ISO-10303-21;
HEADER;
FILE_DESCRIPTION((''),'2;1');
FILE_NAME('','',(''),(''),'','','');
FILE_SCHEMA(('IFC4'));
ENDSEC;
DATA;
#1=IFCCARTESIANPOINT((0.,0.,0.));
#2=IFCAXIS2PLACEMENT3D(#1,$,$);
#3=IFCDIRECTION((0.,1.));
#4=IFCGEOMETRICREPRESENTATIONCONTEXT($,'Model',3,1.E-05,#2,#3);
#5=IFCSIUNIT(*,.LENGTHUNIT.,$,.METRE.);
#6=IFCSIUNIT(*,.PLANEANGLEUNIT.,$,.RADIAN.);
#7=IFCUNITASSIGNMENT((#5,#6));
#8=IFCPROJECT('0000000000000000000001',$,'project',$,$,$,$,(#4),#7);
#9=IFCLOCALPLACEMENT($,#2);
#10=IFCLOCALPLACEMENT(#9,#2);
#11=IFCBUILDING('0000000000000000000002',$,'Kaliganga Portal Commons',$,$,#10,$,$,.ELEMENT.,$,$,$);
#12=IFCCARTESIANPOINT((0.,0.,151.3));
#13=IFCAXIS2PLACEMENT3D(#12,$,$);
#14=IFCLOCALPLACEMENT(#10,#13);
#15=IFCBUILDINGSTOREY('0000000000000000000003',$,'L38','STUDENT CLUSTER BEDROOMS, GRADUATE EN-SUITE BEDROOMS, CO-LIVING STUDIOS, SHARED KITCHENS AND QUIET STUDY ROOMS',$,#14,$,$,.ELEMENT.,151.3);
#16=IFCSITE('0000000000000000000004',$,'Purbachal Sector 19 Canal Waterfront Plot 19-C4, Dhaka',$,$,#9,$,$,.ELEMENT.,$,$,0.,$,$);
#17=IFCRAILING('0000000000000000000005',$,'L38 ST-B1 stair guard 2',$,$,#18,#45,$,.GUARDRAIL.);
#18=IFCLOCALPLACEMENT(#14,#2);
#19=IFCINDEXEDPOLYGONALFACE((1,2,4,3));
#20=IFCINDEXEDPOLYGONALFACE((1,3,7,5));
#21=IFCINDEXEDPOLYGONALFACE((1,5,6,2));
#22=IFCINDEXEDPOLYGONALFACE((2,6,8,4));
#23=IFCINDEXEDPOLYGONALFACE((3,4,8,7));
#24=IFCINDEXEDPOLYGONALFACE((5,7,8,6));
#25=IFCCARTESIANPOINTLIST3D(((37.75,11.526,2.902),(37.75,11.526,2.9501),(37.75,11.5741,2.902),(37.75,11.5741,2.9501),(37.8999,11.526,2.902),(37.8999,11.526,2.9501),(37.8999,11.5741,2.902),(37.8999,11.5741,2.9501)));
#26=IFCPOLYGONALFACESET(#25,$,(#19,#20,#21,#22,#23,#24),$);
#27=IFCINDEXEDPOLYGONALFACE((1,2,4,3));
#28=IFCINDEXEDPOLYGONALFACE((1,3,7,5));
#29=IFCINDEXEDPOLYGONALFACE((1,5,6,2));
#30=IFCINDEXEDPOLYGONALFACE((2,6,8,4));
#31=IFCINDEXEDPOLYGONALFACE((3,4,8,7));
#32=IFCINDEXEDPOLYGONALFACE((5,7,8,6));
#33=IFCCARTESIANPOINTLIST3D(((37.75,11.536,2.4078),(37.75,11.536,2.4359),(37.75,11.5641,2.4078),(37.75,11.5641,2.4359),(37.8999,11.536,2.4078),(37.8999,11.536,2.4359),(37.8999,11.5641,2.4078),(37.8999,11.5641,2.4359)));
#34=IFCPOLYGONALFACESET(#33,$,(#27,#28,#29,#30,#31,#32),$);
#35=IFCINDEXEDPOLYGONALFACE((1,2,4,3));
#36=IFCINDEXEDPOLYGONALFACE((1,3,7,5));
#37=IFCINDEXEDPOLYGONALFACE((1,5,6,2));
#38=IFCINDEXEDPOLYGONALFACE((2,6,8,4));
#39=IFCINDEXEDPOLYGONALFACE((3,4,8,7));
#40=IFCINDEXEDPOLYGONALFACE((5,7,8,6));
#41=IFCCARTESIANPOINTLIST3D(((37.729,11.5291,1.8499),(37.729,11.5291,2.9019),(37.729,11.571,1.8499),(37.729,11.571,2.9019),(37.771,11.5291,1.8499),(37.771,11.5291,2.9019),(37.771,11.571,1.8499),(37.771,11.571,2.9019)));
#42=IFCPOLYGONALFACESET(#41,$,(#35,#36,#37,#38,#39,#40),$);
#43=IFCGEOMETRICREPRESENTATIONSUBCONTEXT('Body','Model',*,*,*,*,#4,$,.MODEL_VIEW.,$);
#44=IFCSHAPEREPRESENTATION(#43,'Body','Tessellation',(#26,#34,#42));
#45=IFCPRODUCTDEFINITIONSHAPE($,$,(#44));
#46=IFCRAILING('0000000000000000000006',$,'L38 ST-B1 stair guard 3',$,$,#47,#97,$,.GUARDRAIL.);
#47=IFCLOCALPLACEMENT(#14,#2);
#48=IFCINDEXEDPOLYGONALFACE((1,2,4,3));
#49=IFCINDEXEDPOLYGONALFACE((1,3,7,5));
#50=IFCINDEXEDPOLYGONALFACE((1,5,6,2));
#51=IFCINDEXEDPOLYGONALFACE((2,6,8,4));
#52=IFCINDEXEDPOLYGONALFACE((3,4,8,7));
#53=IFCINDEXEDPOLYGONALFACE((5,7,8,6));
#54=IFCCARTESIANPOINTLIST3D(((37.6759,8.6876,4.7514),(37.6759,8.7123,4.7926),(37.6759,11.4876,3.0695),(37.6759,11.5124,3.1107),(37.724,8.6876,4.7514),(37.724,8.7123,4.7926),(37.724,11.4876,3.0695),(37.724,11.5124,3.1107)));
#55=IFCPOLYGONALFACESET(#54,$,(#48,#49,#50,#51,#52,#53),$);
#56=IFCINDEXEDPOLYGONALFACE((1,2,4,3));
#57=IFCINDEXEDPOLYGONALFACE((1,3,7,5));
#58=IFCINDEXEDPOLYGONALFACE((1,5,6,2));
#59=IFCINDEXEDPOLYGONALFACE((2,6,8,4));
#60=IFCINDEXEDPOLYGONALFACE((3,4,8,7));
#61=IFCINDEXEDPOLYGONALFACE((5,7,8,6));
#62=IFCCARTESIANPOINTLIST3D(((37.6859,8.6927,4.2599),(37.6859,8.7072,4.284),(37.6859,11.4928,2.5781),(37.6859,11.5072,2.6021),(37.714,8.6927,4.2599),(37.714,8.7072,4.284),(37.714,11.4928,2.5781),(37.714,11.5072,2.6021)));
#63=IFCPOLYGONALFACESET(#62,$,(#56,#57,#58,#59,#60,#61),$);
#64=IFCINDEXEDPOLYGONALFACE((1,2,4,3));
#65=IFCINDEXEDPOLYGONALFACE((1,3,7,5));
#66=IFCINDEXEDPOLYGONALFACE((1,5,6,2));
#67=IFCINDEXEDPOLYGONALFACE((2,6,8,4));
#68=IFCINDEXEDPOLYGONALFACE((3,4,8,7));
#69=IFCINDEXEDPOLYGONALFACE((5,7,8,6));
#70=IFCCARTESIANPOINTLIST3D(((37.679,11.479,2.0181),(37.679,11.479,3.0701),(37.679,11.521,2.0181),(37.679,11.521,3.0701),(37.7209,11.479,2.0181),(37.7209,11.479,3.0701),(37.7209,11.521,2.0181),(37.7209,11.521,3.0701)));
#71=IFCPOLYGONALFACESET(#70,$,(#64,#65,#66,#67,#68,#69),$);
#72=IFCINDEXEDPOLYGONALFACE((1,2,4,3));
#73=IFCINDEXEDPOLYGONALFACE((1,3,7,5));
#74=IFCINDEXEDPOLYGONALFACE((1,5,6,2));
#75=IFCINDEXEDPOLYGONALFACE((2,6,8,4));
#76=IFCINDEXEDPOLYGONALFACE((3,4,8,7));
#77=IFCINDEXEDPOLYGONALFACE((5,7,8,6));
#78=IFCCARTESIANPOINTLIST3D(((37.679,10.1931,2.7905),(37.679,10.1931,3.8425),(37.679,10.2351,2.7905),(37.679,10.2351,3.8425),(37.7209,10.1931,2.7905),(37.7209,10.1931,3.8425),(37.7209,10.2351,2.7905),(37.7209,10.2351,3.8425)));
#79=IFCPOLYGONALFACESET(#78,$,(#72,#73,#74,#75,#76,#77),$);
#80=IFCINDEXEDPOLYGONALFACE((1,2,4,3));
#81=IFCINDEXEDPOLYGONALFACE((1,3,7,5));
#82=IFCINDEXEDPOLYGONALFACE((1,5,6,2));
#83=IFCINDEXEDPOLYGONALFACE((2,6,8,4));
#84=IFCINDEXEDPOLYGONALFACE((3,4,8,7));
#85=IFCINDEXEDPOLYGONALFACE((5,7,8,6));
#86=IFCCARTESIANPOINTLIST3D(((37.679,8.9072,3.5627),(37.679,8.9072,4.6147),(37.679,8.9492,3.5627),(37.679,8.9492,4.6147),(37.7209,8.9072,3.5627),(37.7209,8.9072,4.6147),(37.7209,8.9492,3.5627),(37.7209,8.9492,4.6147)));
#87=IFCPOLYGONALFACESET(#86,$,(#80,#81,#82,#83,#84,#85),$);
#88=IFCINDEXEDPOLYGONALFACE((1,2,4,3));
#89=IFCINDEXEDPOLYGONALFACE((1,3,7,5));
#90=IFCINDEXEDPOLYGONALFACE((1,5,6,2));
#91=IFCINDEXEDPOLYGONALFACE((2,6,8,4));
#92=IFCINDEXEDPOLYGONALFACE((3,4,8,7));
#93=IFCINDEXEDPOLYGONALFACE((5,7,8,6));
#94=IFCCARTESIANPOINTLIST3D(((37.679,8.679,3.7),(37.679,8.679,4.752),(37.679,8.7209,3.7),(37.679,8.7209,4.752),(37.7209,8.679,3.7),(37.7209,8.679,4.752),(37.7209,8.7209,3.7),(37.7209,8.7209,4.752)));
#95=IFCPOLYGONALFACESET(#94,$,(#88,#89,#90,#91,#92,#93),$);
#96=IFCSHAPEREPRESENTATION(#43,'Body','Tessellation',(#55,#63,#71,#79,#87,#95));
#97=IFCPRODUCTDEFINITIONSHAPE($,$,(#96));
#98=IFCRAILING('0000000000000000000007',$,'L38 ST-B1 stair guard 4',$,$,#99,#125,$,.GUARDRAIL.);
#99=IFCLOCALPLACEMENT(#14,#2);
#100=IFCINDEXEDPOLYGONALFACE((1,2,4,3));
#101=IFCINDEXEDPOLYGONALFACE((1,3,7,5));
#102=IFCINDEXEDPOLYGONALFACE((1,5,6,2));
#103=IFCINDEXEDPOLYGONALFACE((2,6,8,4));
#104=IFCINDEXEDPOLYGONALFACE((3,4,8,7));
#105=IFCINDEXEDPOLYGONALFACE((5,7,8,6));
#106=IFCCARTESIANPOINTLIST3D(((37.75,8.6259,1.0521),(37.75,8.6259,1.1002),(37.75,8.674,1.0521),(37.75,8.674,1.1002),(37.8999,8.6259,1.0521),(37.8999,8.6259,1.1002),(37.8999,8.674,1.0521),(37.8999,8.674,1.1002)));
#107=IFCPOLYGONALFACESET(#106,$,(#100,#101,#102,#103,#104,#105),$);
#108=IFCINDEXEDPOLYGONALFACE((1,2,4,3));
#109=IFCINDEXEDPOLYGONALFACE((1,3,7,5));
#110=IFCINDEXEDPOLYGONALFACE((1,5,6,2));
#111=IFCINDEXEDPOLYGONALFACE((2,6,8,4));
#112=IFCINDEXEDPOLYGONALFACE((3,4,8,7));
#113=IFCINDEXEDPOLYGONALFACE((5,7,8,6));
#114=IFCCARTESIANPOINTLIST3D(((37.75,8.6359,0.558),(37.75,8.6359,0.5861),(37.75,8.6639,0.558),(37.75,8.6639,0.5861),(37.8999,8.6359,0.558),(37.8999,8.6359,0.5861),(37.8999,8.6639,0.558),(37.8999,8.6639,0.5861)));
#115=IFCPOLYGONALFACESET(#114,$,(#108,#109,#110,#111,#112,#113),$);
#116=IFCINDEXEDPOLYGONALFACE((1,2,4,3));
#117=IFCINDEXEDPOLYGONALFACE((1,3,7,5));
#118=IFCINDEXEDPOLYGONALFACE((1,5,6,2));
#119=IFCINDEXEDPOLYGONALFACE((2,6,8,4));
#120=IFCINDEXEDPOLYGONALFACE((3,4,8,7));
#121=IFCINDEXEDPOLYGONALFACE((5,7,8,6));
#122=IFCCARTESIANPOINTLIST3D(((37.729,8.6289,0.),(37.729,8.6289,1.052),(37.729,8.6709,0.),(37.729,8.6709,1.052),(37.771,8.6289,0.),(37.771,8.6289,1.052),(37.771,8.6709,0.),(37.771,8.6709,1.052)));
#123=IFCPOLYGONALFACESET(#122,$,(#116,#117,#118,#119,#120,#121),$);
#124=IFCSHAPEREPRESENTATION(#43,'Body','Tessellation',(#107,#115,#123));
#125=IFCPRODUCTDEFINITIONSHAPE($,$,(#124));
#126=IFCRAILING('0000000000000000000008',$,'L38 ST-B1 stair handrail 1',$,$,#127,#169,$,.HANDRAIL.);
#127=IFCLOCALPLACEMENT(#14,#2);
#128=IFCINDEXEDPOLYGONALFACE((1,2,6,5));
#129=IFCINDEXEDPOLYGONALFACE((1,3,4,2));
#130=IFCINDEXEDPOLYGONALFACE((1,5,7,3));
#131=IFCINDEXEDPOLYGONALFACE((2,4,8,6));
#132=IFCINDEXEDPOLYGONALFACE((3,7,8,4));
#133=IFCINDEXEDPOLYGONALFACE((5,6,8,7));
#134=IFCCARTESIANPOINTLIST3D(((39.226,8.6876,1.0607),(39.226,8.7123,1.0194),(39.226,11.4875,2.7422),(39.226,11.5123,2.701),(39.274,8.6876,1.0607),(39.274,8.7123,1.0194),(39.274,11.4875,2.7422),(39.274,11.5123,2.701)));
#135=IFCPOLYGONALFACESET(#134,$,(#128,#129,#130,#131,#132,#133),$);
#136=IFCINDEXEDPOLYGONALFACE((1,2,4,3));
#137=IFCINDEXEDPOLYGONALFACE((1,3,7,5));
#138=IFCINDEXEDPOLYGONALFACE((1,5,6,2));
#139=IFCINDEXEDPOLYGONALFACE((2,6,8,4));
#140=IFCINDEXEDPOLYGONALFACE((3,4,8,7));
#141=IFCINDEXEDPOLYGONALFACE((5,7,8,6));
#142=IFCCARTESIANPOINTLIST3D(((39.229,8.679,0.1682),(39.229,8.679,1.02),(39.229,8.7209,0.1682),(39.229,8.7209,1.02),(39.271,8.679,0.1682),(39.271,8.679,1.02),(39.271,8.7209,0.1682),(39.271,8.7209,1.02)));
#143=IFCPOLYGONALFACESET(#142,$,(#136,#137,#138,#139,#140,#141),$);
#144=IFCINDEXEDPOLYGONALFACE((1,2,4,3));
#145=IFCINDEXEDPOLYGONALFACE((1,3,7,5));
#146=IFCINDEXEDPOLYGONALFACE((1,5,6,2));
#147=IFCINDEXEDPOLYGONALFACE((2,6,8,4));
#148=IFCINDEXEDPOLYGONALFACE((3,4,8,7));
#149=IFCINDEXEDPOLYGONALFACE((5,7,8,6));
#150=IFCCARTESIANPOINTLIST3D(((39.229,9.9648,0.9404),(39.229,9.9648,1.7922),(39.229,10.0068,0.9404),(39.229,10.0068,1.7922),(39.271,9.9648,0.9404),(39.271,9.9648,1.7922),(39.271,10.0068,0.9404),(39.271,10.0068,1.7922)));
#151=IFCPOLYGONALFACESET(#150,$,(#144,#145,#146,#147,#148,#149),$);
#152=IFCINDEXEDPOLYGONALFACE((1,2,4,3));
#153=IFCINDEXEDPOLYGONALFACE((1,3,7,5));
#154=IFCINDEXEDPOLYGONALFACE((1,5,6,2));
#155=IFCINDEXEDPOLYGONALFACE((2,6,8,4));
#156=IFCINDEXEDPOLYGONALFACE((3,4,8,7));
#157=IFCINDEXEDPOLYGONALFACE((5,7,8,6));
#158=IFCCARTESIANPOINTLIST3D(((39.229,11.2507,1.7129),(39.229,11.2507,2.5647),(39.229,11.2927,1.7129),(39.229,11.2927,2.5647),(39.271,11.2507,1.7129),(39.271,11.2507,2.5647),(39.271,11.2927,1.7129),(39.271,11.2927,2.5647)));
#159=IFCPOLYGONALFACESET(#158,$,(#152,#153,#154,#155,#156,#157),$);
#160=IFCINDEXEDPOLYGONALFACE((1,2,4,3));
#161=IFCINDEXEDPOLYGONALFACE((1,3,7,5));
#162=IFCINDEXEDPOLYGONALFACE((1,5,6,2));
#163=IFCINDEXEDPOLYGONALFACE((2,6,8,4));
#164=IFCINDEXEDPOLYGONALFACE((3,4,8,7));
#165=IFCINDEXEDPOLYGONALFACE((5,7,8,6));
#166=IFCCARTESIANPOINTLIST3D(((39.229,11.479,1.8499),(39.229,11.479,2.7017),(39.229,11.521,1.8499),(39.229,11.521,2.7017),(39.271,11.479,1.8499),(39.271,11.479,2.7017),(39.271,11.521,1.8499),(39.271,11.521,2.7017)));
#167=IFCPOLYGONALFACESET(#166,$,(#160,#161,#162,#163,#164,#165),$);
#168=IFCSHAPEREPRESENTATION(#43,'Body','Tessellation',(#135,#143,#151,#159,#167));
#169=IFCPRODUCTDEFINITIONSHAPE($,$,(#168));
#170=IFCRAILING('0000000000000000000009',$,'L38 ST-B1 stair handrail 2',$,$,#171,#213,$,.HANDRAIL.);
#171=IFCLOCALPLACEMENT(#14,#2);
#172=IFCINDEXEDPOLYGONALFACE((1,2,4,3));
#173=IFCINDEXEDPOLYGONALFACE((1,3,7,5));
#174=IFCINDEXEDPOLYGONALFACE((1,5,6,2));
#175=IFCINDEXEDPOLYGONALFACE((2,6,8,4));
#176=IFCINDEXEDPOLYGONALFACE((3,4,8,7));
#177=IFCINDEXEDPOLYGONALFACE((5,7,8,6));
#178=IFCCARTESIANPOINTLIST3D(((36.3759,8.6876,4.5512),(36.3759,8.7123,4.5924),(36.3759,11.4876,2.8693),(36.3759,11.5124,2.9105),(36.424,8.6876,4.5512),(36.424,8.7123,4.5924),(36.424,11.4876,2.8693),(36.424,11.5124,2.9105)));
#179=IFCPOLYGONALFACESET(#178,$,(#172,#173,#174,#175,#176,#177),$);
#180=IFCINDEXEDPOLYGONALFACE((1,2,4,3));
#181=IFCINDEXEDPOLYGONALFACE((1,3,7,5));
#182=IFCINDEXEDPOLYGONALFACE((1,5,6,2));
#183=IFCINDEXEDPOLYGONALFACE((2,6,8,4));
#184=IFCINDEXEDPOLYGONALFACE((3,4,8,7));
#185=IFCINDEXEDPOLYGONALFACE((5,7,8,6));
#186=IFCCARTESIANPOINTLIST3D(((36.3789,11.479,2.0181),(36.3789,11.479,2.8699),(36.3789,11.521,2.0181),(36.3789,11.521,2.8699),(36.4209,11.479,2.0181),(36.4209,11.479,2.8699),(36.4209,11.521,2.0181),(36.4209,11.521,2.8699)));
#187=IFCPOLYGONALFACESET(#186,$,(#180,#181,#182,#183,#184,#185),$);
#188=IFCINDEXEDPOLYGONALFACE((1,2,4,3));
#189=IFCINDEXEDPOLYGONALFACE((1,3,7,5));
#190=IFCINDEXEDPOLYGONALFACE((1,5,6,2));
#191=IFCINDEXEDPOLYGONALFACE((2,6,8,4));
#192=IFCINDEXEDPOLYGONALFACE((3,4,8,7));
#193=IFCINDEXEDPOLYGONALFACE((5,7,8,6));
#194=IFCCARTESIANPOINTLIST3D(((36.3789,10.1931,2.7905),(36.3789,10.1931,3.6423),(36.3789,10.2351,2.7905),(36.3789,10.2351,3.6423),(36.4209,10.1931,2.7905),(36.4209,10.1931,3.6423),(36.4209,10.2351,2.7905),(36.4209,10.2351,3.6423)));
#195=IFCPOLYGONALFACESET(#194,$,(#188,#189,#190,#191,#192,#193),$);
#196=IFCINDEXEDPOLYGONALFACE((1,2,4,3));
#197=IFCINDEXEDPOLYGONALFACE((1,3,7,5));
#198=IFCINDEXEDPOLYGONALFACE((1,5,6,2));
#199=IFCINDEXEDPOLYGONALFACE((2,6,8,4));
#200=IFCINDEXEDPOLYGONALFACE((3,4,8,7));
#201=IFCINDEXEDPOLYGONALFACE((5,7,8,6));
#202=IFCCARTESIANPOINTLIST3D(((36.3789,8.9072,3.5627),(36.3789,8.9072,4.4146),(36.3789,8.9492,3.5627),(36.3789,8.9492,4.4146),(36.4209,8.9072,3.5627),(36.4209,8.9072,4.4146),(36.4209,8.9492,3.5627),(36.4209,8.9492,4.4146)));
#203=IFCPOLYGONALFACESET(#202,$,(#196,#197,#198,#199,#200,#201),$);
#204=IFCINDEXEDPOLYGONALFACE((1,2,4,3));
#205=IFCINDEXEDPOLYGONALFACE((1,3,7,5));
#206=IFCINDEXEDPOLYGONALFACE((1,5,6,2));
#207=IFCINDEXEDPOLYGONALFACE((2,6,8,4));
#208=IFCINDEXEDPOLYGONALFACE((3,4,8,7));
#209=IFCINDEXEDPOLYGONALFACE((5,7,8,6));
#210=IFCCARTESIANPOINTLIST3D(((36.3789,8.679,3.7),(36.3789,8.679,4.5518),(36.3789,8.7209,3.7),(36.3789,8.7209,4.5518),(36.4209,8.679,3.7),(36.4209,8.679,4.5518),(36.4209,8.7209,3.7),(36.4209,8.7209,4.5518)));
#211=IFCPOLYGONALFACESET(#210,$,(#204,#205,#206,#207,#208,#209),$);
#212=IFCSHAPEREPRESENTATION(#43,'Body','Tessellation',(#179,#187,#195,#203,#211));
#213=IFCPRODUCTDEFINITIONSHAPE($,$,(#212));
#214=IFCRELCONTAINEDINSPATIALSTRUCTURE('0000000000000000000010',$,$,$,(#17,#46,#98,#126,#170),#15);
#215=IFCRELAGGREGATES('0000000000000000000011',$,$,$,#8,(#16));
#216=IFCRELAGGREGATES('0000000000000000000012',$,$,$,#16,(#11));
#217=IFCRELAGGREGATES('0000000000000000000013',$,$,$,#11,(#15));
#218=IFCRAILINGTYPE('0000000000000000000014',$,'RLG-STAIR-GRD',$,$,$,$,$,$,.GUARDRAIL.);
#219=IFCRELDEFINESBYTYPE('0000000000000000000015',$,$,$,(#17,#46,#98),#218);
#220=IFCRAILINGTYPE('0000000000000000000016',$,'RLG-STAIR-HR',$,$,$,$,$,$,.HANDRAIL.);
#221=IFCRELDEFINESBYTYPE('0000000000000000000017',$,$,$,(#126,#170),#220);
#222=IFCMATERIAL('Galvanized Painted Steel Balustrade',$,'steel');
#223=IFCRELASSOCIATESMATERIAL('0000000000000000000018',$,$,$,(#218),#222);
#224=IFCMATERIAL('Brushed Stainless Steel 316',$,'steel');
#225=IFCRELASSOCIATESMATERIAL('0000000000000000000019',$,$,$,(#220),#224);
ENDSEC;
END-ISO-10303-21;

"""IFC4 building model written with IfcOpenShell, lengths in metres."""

from ifc_helpers import new_model, si_unit, direction, frame, origin, origin_2d, place, context, subcontext, project, spatial, rectangle, extrude, material, type_object, element, save


model = new_model("IFC4")

# Units and contexts
model_context = context("Model", 3, precision=1e-05, world=origin(), true_north=direction((0.0, 1.0)))
body_context = subcontext(model_context, "Body", "Model", "MODEL_VIEW")
ifc_project = project(units=[si_unit("LENGTHUNIT", "METRE"), si_unit("PLANEANGLEUNIT", "RADIAN")], contexts=[model_context])

# Site, building, storey
site_placement = place(None, origin())
site = spatial("IfcSite", under=ifc_project, at=site_placement, Name="Purbachal Sector 19 Canal Waterfront Plot 19-C4, Dhaka", CompositionType="ELEMENT", RefElevation=0.0)
building_placement = place(site_placement, origin())
building = spatial("IfcBuilding", under=site, at=building_placement, Name="Kaliganga Portal Commons", CompositionType="ELEMENT")
storey_placement = place(building_placement, frame((0.0, 0.0, 151.3)))
storey = spatial("IfcBuildingStorey", under=building, at=storey_placement, Name="L38", Description="STUDENT CLUSTER BEDROOMS, GRADUATE EN-SUITE BEDROOMS, CO-LIVING STUDIOS, SHARED KITCHENS AND QUIET STUDY ROOMS", CompositionType="ELEMENT", Elevation=151.3)

# Railings
ifc_material_1 = material(Name="Galvanized Painted Steel Balustrade", Category="steel")
railing_type_1 = type_object("IfcRailingType", Name="RLG-STAIR-GRD", PredefinedType="GUARDRAIL", material=ifc_material_1)
railing_1_placement = place(storey_placement, frame((37.8999, 11.55, 1.8499)))
element("IfcRailing", 1, at=railing_1_placement, inside=storey, type_object=railing_type_1, Name="L38 ST-B1 stair guard 2", PredefinedType="GUARDRAIL", context=body_context, shape_type="SweptSolid", body=[
    extrude(rectangle(XDim=0.0481, YDim=0.0481, at=origin_2d()), frame((0.0, 0.0, 1.0762), z_axis=(-1.0, 0.0, 0.0), x_axis=(0.0, -1.0, 0.0)), (0.0, 0.0, 1.0), 0.1499),
    extrude(rectangle(XDim=0.0281, YDim=0.0281, at=origin_2d()), frame((0.0, 0.0, 0.572), z_axis=(-1.0, 0.0, 0.0), x_axis=(0.0, -1.0, 0.0)), (0.0, 0.0, 1.0), 0.1499),
    extrude(rectangle(XDim=0.042, YDim=0.042, at=origin_2d()), frame((-0.1499, 0.0, 0.0)), (0.0, 0.0, 1.0), 1.052),
])
railing_2_placement = place(storey_placement, frame((37.7, 11.5, 2.0181)))
element("IfcRailing", 2, at=railing_2_placement, inside=storey, type_object=railing_type_1, Name="L38 ST-B1 stair guard 3", PredefinedType="GUARDRAIL", context=body_context, shape_type="SweptSolid", body=[
    extrude(rectangle(XDim=0.0481, YDim=0.0481, at=origin_2d()), frame((0.0, 0.0, 1.072), z_axis=(0.0, -0.857242, 0.514913), x_axis=(1.0, 0.0, 0.0)), (0.0, 0.0, 1.0), 3.2664),
    extrude(rectangle(XDim=0.0281, YDim=0.0281, at=origin_2d()), frame((0.0, 0.0, 0.572), z_axis=(0.0, -0.857242, 0.514913), x_axis=(1.0, 0.0, 0.0)), (0.0, 0.0, 1.0), 3.2664),
    extrude(rectangle(XDim=0.042, YDim=0.042, at=origin_2d()), origin(), (0.0, 0.0, 1.0), 1.052),
    extrude(rectangle(XDim=0.042, YDim=0.042, at=origin_2d()), frame((0.0, -1.2859, 0.7725)), (0.0, 0.0, 1.0), 1.052),
    extrude(rectangle(XDim=0.042, YDim=0.042, at=origin_2d()), frame((0.0, -2.5718, 1.5447)), (0.0, 0.0, 1.0), 1.052),
    extrude(rectangle(XDim=0.042, YDim=0.042, at=origin_2d()), frame((0.0, -2.8, 1.6819)), (0.0, 0.0, 1.0), 1.052),
])
railing_3_placement = place(storey_placement, frame((37.8999, 8.6499, 0.0)))
element("IfcRailing", 3, at=railing_3_placement, inside=storey, type_object=railing_type_1, Name="L38 ST-B1 stair guard 4", PredefinedType="GUARDRAIL", context=body_context, shape_type="SweptSolid", body=[
    extrude(rectangle(XDim=0.0481, YDim=0.0481, at=origin_2d()), frame((0.0, 0.0, 1.0762), z_axis=(-1.0, 0.0, 0.0), x_axis=(0.0, -1.0, 0.0)), (0.0, 0.0, 1.0), 0.1499),
    extrude(rectangle(XDim=0.0281, YDim=0.0281, at=origin_2d()), frame((0.0, 0.0, 0.572), z_axis=(-1.0, 0.0, 0.0), x_axis=(0.0, -1.0, 0.0)), (0.0, 0.0, 1.0), 0.1499),
    extrude(rectangle(XDim=0.042, YDim=0.042, at=origin_2d()), frame((-0.1499, 0.0, 0.0)), (0.0, 0.0, 1.0), 1.052),
])
ifc_material_2 = material(Name="Brushed Stainless Steel 316", Category="steel")
railing_type_2 = type_object("IfcRailingType", Name="RLG-STAIR-HR", PredefinedType="HANDRAIL", material=ifc_material_2)
railing_4_placement = place(storey_placement, frame((39.25, 8.7, 0.1682)))
element("IfcRailing", 4, at=railing_4_placement, inside=storey, type_object=railing_type_2, Name="L38 ST-B1 stair handrail 1", PredefinedType="HANDRAIL", context=body_context, shape_type="SweptSolid", body=[
    extrude(rectangle(XDim=0.0481, YDim=0.0481, at=origin_2d()), frame((0.0, 0.0, 0.8718), z_axis=(0.0, 0.857275, 0.514858), x_axis=(-1.0, 0.0, 0.0)), (0.0, 0.0, 1.0), 3.2661),
    extrude(rectangle(XDim=0.042, YDim=0.042, at=origin_2d()), origin(), (0.0, 0.0, 1.0), 0.8518),
    extrude(rectangle(XDim=0.042, YDim=0.042, at=origin_2d()), frame((0.0, 1.2859, 0.7722)), (0.0, 0.0, 1.0), 0.8518),
    extrude(rectangle(XDim=0.042, YDim=0.042, at=origin_2d()), frame((0.0, 2.5718, 1.5447)), (0.0, 0.0, 1.0), 0.8518),
    extrude(rectangle(XDim=0.042, YDim=0.042, at=origin_2d()), frame((0.0, 2.8, 1.6816)), (0.0, 0.0, 1.0), 0.8518),
])
railing_5_placement = place(storey_placement, frame((36.3999, 11.5, 2.0181)))
element("IfcRailing", 5, at=railing_5_placement, inside=storey, type_object=railing_type_2, Name="L38 ST-B1 stair handrail 2", PredefinedType="HANDRAIL", context=body_context, shape_type="SweptSolid", body=[
    extrude(rectangle(XDim=0.0481, YDim=0.0481, at=origin_2d()), frame((0.0, 0.0, 0.8718), z_axis=(0.0, -0.857242, 0.514913), x_axis=(1.0, 0.0, 0.0)), (0.0, 0.0, 1.0), 3.2664),
    extrude(rectangle(XDim=0.042, YDim=0.042, at=origin_2d()), origin(), (0.0, 0.0, 1.0), 0.8518),
    extrude(rectangle(XDim=0.042, YDim=0.042, at=origin_2d()), frame((0.0, -1.2859, 0.7725)), (0.0, 0.0, 1.0), 0.8518),
    extrude(rectangle(XDim=0.042, YDim=0.042, at=origin_2d()), frame((0.0, -2.5718, 1.5447)), (0.0, 0.0, 1.0), 0.8518),
    extrude(rectangle(XDim=0.042, YDim=0.042, at=origin_2d()), frame((0.0, -2.8, 1.6819)), (0.0, 0.0, 1.0), 0.8518),
])

save(model, "model.ifc")
